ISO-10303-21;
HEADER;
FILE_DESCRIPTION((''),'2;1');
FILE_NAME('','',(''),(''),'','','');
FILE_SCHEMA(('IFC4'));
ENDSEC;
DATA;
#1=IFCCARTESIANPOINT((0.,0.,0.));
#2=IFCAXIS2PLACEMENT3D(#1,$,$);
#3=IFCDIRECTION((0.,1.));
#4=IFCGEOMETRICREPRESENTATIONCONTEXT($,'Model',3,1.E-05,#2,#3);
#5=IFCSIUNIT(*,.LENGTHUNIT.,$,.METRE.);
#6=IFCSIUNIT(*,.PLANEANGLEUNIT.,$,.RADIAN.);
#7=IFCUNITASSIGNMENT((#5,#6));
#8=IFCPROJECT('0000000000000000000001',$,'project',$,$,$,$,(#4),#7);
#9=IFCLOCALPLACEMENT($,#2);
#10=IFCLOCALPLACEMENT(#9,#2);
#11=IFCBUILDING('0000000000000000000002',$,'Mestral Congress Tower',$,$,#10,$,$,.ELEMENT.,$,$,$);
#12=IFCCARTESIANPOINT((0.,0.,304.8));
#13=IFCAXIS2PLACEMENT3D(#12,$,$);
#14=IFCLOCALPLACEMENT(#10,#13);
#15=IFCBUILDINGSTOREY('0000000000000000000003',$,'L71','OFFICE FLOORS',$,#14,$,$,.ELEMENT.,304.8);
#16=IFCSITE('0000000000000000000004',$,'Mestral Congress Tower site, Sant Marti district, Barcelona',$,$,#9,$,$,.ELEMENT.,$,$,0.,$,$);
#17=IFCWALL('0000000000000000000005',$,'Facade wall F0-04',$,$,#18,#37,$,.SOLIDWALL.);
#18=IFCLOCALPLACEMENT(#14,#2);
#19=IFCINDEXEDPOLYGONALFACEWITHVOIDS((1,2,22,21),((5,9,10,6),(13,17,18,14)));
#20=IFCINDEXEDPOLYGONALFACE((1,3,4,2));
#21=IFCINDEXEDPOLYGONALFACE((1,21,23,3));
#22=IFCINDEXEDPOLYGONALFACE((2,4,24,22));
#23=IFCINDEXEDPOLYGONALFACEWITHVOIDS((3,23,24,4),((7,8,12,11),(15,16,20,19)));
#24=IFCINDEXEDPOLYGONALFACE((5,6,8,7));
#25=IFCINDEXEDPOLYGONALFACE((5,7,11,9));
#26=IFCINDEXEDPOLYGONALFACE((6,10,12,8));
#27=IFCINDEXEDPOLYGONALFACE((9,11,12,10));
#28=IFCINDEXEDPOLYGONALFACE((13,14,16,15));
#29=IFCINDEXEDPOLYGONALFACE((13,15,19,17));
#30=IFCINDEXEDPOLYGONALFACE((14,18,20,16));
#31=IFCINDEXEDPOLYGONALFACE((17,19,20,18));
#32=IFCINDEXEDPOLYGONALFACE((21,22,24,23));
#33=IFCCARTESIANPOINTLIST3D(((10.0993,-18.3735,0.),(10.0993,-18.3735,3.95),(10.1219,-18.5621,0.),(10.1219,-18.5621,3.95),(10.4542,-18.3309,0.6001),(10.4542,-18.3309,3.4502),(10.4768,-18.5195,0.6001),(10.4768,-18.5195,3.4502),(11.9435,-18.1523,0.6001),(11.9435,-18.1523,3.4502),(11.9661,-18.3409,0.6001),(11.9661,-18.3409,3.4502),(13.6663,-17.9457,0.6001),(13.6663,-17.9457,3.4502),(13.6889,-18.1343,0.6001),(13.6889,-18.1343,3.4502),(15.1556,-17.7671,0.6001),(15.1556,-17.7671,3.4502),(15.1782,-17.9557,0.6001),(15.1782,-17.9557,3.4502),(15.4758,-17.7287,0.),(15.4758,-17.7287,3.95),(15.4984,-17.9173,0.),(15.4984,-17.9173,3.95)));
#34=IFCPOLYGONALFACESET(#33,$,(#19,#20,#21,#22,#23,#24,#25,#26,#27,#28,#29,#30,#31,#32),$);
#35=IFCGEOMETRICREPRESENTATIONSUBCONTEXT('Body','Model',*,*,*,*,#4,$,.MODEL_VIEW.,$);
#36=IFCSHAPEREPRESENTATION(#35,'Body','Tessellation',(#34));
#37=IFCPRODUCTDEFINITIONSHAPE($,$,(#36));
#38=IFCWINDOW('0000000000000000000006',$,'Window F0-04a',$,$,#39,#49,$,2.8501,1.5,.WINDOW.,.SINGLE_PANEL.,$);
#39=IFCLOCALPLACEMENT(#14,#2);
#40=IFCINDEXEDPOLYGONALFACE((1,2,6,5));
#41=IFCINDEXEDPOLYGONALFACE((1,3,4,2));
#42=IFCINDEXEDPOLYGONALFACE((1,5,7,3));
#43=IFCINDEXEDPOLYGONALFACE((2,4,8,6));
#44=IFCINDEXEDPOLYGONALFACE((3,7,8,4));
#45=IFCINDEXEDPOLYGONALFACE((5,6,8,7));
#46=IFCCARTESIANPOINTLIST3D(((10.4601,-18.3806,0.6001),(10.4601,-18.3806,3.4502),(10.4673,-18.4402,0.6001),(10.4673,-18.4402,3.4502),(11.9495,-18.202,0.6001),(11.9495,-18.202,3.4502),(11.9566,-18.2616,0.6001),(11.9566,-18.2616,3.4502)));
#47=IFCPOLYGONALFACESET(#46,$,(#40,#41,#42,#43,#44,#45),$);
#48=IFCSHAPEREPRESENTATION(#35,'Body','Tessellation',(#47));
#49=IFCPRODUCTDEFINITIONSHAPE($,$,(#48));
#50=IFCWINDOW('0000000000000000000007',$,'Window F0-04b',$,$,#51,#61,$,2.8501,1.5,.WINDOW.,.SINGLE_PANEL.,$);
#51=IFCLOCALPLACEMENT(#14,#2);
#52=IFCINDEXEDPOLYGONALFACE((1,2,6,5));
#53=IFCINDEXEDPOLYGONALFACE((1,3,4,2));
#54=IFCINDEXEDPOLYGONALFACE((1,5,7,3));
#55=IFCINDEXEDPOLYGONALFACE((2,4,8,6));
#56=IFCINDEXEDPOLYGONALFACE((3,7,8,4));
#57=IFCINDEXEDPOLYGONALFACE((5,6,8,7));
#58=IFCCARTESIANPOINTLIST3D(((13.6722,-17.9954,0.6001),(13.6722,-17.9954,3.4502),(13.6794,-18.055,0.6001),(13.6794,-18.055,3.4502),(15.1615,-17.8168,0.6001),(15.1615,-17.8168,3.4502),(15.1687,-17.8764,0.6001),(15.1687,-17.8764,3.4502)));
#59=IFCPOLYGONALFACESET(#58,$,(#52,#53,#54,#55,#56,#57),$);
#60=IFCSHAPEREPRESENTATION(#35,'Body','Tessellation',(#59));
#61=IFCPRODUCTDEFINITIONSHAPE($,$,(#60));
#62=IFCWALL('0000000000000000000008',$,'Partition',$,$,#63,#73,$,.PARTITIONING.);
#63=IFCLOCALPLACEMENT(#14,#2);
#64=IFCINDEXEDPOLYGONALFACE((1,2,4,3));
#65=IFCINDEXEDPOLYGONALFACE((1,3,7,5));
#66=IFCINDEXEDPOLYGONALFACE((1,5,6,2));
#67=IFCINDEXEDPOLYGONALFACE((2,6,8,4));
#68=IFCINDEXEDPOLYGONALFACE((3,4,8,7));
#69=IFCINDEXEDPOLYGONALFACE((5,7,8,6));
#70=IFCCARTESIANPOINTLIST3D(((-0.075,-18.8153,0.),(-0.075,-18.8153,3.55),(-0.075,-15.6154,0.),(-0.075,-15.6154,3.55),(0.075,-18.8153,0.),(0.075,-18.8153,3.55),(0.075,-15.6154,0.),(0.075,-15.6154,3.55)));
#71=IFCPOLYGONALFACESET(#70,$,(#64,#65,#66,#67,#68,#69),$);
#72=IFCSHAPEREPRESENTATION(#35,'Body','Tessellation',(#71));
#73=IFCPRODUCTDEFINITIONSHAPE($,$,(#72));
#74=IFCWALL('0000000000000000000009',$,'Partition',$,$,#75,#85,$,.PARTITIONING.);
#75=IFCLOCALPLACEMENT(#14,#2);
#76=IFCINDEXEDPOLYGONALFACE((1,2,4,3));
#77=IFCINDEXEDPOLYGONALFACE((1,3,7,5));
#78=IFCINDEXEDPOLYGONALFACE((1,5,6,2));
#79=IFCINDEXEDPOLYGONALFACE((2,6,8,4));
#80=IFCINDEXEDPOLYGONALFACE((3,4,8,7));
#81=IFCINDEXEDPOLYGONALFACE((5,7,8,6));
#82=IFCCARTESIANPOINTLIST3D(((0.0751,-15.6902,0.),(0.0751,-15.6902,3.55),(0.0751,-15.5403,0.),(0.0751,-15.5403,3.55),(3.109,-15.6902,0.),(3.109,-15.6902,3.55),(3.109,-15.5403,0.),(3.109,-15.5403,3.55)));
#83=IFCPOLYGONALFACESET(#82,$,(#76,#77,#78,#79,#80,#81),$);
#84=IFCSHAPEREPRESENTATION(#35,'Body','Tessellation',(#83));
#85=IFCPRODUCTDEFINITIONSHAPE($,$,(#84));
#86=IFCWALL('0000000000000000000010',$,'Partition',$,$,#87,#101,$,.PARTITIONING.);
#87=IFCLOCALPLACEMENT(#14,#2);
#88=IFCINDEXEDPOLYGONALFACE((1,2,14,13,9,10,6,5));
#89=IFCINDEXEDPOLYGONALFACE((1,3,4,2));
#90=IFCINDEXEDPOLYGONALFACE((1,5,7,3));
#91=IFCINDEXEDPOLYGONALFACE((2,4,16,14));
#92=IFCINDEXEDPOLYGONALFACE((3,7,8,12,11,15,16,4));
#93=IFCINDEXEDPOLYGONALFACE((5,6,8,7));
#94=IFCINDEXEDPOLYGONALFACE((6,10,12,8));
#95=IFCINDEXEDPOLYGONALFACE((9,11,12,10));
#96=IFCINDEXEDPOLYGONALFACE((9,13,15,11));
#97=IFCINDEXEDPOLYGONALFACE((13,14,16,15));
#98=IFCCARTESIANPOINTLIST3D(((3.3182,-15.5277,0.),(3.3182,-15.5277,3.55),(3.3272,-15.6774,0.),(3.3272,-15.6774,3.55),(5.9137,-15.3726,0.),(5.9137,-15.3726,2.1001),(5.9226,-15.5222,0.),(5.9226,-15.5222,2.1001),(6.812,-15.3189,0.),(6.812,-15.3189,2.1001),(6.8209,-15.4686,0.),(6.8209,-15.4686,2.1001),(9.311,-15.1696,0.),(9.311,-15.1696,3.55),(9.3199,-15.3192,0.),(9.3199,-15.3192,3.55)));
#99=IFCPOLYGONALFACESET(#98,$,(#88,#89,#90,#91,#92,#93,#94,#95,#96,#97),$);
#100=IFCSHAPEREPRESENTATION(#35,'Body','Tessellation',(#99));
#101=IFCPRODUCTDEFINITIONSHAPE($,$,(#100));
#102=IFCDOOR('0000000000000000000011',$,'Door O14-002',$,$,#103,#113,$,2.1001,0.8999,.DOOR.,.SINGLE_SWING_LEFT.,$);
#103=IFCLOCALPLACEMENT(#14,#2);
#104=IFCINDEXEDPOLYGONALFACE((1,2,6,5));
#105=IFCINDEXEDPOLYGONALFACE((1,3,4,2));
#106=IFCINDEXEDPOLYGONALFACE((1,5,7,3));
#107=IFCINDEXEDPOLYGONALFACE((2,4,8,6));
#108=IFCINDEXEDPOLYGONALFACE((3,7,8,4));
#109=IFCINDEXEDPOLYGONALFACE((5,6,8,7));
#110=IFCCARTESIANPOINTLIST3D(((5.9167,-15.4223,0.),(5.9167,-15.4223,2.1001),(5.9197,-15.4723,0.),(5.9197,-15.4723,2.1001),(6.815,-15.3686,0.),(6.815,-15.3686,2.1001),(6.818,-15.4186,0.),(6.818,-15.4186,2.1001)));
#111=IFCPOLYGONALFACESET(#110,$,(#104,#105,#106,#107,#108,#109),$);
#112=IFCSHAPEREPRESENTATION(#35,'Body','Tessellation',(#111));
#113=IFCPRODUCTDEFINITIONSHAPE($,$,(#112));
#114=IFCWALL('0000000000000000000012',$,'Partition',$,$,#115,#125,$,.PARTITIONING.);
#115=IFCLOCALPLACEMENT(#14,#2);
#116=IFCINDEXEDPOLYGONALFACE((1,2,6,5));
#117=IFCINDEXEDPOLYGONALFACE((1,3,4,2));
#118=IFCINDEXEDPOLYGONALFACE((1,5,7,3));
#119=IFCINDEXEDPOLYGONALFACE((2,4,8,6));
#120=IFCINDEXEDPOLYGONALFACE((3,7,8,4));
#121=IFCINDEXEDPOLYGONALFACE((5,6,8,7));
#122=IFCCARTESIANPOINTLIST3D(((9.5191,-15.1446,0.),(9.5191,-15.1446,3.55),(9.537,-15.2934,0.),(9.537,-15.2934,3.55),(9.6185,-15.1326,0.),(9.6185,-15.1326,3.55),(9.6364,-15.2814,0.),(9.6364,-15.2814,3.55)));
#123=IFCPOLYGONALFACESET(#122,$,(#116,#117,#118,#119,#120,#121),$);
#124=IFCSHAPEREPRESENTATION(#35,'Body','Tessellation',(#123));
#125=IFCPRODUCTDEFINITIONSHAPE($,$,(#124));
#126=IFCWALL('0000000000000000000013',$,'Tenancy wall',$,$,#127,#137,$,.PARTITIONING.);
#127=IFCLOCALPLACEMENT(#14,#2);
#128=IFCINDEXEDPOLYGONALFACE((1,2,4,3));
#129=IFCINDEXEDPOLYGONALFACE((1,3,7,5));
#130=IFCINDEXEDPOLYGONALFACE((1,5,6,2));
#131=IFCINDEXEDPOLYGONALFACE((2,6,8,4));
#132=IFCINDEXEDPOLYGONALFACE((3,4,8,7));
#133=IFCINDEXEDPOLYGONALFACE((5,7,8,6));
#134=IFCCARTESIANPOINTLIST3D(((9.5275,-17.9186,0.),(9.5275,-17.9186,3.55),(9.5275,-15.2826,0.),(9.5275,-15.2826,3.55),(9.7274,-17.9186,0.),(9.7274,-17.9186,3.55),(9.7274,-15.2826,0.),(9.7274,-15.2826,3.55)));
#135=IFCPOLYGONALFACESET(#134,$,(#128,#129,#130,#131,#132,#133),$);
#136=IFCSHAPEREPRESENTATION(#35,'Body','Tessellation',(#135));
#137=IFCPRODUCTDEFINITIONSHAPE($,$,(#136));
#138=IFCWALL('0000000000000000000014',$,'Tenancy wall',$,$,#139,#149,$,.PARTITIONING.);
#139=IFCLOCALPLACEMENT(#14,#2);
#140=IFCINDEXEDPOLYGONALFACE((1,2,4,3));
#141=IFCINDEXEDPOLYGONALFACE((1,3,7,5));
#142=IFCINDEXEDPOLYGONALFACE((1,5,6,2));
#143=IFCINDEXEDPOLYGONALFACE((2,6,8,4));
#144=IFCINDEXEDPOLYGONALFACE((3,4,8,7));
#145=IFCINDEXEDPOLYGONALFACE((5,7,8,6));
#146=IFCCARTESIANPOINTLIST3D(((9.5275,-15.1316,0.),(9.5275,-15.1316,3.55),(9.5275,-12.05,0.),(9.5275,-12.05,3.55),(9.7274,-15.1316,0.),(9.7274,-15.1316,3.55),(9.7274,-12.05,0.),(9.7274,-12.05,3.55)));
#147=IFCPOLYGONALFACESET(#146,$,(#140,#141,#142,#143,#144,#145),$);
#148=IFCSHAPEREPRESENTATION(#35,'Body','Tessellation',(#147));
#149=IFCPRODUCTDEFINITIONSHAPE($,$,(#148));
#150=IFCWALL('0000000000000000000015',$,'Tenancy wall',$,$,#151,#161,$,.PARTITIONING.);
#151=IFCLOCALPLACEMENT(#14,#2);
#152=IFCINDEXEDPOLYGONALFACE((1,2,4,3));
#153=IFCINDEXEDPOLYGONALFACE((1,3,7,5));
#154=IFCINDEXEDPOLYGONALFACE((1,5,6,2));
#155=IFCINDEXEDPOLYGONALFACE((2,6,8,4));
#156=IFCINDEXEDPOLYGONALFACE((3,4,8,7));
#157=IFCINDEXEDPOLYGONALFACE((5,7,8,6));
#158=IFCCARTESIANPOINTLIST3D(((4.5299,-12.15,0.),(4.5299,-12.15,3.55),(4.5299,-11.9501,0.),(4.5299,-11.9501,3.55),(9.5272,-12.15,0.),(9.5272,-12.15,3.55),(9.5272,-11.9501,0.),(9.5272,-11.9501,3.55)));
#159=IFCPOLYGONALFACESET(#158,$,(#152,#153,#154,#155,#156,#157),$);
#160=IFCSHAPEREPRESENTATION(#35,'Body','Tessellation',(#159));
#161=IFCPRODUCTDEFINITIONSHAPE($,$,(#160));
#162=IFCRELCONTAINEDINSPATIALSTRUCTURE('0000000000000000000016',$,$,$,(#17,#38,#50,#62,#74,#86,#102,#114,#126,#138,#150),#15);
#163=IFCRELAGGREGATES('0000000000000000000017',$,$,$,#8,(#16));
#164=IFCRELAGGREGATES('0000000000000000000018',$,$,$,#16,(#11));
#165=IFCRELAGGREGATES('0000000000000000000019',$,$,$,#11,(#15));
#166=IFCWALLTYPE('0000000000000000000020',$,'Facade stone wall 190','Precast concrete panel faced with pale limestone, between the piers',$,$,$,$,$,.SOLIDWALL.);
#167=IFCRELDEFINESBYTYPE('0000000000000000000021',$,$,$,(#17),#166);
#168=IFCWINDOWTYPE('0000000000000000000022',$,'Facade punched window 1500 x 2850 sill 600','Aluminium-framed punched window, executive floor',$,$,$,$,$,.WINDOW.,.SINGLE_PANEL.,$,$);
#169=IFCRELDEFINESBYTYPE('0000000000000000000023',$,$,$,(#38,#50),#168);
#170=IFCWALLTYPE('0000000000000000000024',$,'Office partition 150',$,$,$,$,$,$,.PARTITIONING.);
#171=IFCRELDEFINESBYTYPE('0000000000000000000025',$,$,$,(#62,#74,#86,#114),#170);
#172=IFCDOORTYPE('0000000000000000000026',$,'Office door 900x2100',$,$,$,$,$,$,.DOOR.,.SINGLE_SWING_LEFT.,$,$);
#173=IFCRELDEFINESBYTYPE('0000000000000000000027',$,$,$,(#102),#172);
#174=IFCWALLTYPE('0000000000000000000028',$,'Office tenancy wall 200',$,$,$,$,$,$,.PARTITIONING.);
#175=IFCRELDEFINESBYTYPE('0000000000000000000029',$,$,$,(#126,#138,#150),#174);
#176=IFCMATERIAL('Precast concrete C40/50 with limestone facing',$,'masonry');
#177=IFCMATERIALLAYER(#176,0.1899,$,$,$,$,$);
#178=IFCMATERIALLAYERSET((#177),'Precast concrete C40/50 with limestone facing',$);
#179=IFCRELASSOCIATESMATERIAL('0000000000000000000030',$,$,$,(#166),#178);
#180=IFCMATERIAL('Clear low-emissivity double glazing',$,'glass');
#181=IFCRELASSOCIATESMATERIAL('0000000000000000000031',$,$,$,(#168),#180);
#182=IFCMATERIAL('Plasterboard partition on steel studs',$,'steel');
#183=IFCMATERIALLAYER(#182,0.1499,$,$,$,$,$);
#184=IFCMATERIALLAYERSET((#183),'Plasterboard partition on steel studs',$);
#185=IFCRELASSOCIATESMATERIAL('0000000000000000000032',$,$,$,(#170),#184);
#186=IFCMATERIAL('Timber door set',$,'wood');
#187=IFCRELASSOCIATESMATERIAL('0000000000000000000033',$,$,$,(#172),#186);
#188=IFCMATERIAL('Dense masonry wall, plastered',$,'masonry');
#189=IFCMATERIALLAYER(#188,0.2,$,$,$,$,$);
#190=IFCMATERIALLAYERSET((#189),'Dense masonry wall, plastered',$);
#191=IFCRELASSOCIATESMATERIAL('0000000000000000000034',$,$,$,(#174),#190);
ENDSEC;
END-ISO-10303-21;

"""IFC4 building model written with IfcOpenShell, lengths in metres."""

from ifc_helpers import new_model, si_unit, direction, frame, frame_2d, origin, place, context, subcontext, project, spatial, rectangle, extrude, material, layer, layer_set, type_object, element, fill, save


model = new_model("IFC4")

# Units and contexts
model_context = context("Model", 3, precision=1e-05, world=origin(), true_north=direction((0.0, 1.0)))
body_context = subcontext(model_context, "Body", "Model", "MODEL_VIEW")
ifc_project = project(units=[si_unit("LENGTHUNIT", "METRE"), si_unit("PLANEANGLEUNIT", "RADIAN")], contexts=[model_context])

# Site, building, storey
site_placement = place(None, origin())
site = spatial("IfcSite", under=ifc_project, at=site_placement, Name="Mestral Congress Tower site, Sant Marti district, Barcelona", CompositionType="ELEMENT", RefElevation=0.0)
building_placement = place(site_placement, origin())
building = spatial("IfcBuilding", under=site, at=building_placement, Name="Mestral Congress Tower", CompositionType="ELEMENT")
storey_placement = place(building_placement, frame((0.0, 0.0, 304.8)))
storey = spatial("IfcBuildingStorey", under=building, at=storey_placement, Name="L71", Description="OFFICE FLOORS", CompositionType="ELEMENT", Elevation=304.8)

# Wall, openings, windows
ifc_material_1 = material(Name="Precast concrete C40/50 with limestone facing", Category="masonry")
ifc_layer_1 = layer(ifc_material_1, 0.1899)
ifc_layer_set_1 = layer_set([ifc_layer_1], Name="Precast concrete C40/50 with limestone facing")
wall_type_1 = type_object("IfcWallType", Name="Facade stone wall 190", Description="Precast concrete panel faced with pale limestone, between the piers", PredefinedType="SOLIDWALL", material=ifc_layer_set_1)
ifc_material_2 = material(Name="Clear low-emissivity double glazing", Category="glass")
window_type = type_object("IfcWindowType", Name="Facade punched window 1500 x 2850 sill 600", Description="Aluminium-framed punched window, executive floor", PartitioningType="SINGLE_PANEL", PredefinedType="WINDOW", material=ifc_material_2)
wall_1_placement = place(storey_placement, frame((10.1106, -18.4678, 0.0), z_axis=(0.0, 0.0, 1.0), x_axis=(0.992886, 0.119072, 0.0)))
wall_1 = element("IfcWall", 1, at=wall_1_placement, inside=storey, type_object=wall_type_1, Name="Facade wall F0-04", PredefinedType="SOLIDWALL", context=body_context, shape_type="SweptSolid", body=[
    extrude(rectangle(XDim=5.415, YDim=0.1899, at=frame_2d((2.7075, 0.0))), origin(), (0.0, 0.0, 1.0), 3.95),
])
opening_1_placement = place(wall_1_placement, frame((0.3574, 0.0, 0.6001)))
opening_1 = element("IfcOpeningElement", 2, at=opening_1_placement, cuts=wall_1, PredefinedType="OPENING", context=body_context, shape_type="SweptSolid", body=[
    extrude(rectangle(XDim=1.5, YDim=2.8501, at=frame_2d((0.75, 1.425))), frame((0.0, 0.105, 0.0), z_axis=(0.0, -1.0, 0.0), x_axis=(1.0, 0.0, 0.0)), (0.0, 0.0, 1.0), 0.21),
])
opening_2_placement = place(wall_1_placement, frame((3.5925, 0.0, 0.6001)))
opening_2 = element("IfcOpeningElement", 3, at=opening_2_placement, cuts=wall_1, PredefinedType="OPENING", context=body_context, shape_type="SweptSolid", body=[
    extrude(rectangle(XDim=1.5, YDim=2.8501, at=frame_2d((0.75, 1.425))), frame((0.0, 0.105, 0.0), z_axis=(0.0, -1.0, 0.0), x_axis=(1.0, 0.0, 0.0)), (0.0, 0.0, 1.0), 0.21),
])
window_1_placement = place(opening_1_placement, origin())
window_1 = element("IfcWindow", 4, at=window_1_placement, inside=storey, type_object=window_type, Name="Window F0-04a", OverallHeight=2.8501, OverallWidth=1.5, PartitioningType="SINGLE_PANEL", PredefinedType="WINDOW", context=body_context, shape_type="SweptSolid", body=[
    extrude(rectangle(XDim=1.5, YDim=2.8501, at=frame_2d((0.75, 1.425))), frame((0.0, 0.0449, 0.0), z_axis=(0.0, -1.0, 0.0), x_axis=(1.0, 0.0, 0.0)), (0.0, 0.0, 1.0), 0.0601),
])
fill(opening_1, window_1)
window_2_placement = place(opening_2_placement, origin())
window_2 = element("IfcWindow", 5, at=window_2_placement, inside=storey, type_object=window_type, Name="Window F0-04b", OverallHeight=2.8501, OverallWidth=1.5, PartitioningType="SINGLE_PANEL", PredefinedType="WINDOW", context=body_context, shape_type="SweptSolid", body=[
    extrude(rectangle(XDim=1.5, YDim=2.8501, at=frame_2d((0.75, 1.425))), frame((0.0, 0.0449, 0.0), z_axis=(0.0, -1.0, 0.0), x_axis=(1.0, 0.0, 0.0)), (0.0, 0.0, 1.0), 0.0601),
])
fill(opening_2, window_2)

# Walls
ifc_material_3 = material(Name="Plasterboard partition on steel studs", Category="steel")
ifc_layer_2 = layer(ifc_material_3, 0.1499)
ifc_layer_set_2 = layer_set([ifc_layer_2], Name="Plasterboard partition on steel studs")
wall_type_2 = type_object("IfcWallType", Name="Office partition 150", PredefinedType="PARTITIONING", material=ifc_layer_set_2)
wall_2_placement = place(storey_placement, frame((0.0, -15.6152, 0.0), z_axis=(0.0, 0.0, 1.0), x_axis=(0.0, -1.0, 0.0)))
element("IfcWall", 6, at=wall_2_placement, inside=storey, type_object=wall_type_2, Name="Partition", PredefinedType="PARTITIONING", context=body_context, shape_type="SweptSolid", body=[
    extrude(rectangle(XDim=3.2, YDim=0.1499, at=frame_2d((1.6001, 0.0))), origin(), (0.0, 0.0, 1.0), 3.55),
])
wall_3_placement = place(storey_placement, frame((0.075, -15.6152, 0.0), z_axis=(0.0, 0.0, 1.0), x_axis=(1.0, 0.0, 0.0)))
element("IfcWall", 7, at=wall_3_placement, inside=storey, type_object=wall_type_2, Name="Partition", PredefinedType="PARTITIONING", context=body_context, shape_type="SweptSolid", body=[
    extrude(rectangle(XDim=3.0339, YDim=0.1499, at=frame_2d((1.5171, 0.0))), origin(), (0.0, 0.0, 1.0), 3.55),
])

# Wall, opening, door
wall_4_placement = place(storey_placement, frame((9.3154, -15.2444, 0.0), z_axis=(0.0, 0.0, 1.0), x_axis=(-0.998219, -0.059659, 0.0)))
wall_4 = element("IfcWall", 8, at=wall_4_placement, inside=storey, type_object=wall_type_2, Name="Partition", PredefinedType="PARTITIONING", context=body_context, shape_type="SweptSolid", body=[
    extrude(rectangle(XDim=6.0034, YDim=0.1499, at=frame_2d((3.0017, 0.0))), origin(), (0.0, 0.0, 1.0), 3.55),
])
opening_3_placement = place(wall_4_placement, frame((2.5034, 0.0, 0.0)))
opening_3 = element("IfcOpeningElement", 9, at=opening_3_placement, cuts=wall_4, PredefinedType="OPENING", context=body_context, shape_type="SweptSolid", body=[
    extrude(rectangle(XDim=0.8999, YDim=2.1001, at=frame_2d((0.45, 1.05))), frame((0.0, 0.085, 0.0), z_axis=(0.0, -1.0, 0.0), x_axis=(1.0, 0.0, 0.0)), (0.0, 0.0, 1.0), 0.1699),
])
ifc_material_4 = material(Name="Timber door set", Category="wood")
door_type_1 = type_object("IfcDoorType", Name="Office door 900x2100", OperationType="SINGLE_SWING_LEFT", PredefinedType="DOOR", material=ifc_material_4)
door_1_placement = place(opening_3_placement, origin())
door_1 = element("IfcDoor", 10, at=door_1_placement, inside=storey, type_object=door_type_1, Name="Door O14-002", OperationType="SINGLE_SWING_LEFT", OverallHeight=2.1001, OverallWidth=0.8999, PredefinedType="DOOR", context=body_context, shape_type="SweptSolid", body=[
    extrude(rectangle(XDim=0.8999, YDim=2.1001, at=frame_2d((0.45, 1.05))), frame((0.0, 0.0249, 0.0), z_axis=(0.0, -1.0, 0.0), x_axis=(1.0, 0.0, 0.0)), (0.0, 0.0, 1.0), 0.05),
])
fill(opening_3, door_1)

# Walls
wall_5_placement = place(storey_placement, frame((9.5281, -15.219, 0.0), z_axis=(0.0, 0.0, 1.0), x_axis=(0.992831, 0.11953, 0.0)))
element("IfcWall", 11, at=wall_5_placement, inside=storey, type_object=wall_type_2, Name="Partition", PredefinedType="PARTITIONING", context=body_context, shape_type="SweptSolid", body=[
    extrude(rectangle(XDim=0.1001, YDim=0.1499, at=frame_2d((0.05, 0.0))), origin(), (0.0, 0.0, 1.0), 3.55),
])
ifc_material_5 = material(Name="Dense masonry wall, plastered", Category="masonry")
ifc_layer_3 = layer(ifc_material_5, 0.2)
ifc_layer_set_3 = layer_set([ifc_layer_3], Name="Dense masonry wall, plastered")
wall_type_3 = type_object("IfcWallType", Name="Office tenancy wall 200", PredefinedType="PARTITIONING", material=ifc_layer_set_3)
wall_6_placement = place(storey_placement, frame((9.6274, -15.2827, 0.0), z_axis=(0.0, 0.0, 1.0), x_axis=(0.0, -1.0, 0.0)))
element("IfcWall", 12, at=wall_6_placement, inside=storey, type_object=wall_type_3, Name="Tenancy wall", PredefinedType="PARTITIONING", context=body_context, shape_type="SweptSolid", body=[
    extrude(rectangle(XDim=2.636, YDim=0.2, at=frame_2d((1.3179, 0.0))), origin(), (0.0, 0.0, 1.0), 3.55),
])
wall_7_placement = place(storey_placement, frame((9.6274, -12.05, 0.0), z_axis=(0.0, 0.0, 1.0), x_axis=(0.0, -1.0, 0.0)))
element("IfcWall", 13, at=wall_7_placement, inside=storey, type_object=wall_type_3, Name="Tenancy wall", PredefinedType="PARTITIONING", context=body_context, shape_type="SweptSolid", body=[
    extrude(rectangle(XDim=3.0815, YDim=0.2, at=frame_2d((1.5408, 0.0))), origin(), (0.0, 0.0, 1.0), 3.55),
])
wall_8_placement = place(storey_placement, frame((4.53, -12.05, 0.0), z_axis=(0.0, 0.0, 1.0), x_axis=(1.0, 0.0, 0.0)))
element("IfcWall", 14, at=wall_8_placement, inside=storey, type_object=wall_type_3, Name="Tenancy wall", PredefinedType="PARTITIONING", context=body_context, shape_type="SweptSolid", body=[
    extrude(rectangle(XDim=4.9973, YDim=0.2, at=frame_2d((2.4985, 0.0))), origin(), (0.0, 0.0, 1.0), 3.55),
])

save(model, "model.ifc")
